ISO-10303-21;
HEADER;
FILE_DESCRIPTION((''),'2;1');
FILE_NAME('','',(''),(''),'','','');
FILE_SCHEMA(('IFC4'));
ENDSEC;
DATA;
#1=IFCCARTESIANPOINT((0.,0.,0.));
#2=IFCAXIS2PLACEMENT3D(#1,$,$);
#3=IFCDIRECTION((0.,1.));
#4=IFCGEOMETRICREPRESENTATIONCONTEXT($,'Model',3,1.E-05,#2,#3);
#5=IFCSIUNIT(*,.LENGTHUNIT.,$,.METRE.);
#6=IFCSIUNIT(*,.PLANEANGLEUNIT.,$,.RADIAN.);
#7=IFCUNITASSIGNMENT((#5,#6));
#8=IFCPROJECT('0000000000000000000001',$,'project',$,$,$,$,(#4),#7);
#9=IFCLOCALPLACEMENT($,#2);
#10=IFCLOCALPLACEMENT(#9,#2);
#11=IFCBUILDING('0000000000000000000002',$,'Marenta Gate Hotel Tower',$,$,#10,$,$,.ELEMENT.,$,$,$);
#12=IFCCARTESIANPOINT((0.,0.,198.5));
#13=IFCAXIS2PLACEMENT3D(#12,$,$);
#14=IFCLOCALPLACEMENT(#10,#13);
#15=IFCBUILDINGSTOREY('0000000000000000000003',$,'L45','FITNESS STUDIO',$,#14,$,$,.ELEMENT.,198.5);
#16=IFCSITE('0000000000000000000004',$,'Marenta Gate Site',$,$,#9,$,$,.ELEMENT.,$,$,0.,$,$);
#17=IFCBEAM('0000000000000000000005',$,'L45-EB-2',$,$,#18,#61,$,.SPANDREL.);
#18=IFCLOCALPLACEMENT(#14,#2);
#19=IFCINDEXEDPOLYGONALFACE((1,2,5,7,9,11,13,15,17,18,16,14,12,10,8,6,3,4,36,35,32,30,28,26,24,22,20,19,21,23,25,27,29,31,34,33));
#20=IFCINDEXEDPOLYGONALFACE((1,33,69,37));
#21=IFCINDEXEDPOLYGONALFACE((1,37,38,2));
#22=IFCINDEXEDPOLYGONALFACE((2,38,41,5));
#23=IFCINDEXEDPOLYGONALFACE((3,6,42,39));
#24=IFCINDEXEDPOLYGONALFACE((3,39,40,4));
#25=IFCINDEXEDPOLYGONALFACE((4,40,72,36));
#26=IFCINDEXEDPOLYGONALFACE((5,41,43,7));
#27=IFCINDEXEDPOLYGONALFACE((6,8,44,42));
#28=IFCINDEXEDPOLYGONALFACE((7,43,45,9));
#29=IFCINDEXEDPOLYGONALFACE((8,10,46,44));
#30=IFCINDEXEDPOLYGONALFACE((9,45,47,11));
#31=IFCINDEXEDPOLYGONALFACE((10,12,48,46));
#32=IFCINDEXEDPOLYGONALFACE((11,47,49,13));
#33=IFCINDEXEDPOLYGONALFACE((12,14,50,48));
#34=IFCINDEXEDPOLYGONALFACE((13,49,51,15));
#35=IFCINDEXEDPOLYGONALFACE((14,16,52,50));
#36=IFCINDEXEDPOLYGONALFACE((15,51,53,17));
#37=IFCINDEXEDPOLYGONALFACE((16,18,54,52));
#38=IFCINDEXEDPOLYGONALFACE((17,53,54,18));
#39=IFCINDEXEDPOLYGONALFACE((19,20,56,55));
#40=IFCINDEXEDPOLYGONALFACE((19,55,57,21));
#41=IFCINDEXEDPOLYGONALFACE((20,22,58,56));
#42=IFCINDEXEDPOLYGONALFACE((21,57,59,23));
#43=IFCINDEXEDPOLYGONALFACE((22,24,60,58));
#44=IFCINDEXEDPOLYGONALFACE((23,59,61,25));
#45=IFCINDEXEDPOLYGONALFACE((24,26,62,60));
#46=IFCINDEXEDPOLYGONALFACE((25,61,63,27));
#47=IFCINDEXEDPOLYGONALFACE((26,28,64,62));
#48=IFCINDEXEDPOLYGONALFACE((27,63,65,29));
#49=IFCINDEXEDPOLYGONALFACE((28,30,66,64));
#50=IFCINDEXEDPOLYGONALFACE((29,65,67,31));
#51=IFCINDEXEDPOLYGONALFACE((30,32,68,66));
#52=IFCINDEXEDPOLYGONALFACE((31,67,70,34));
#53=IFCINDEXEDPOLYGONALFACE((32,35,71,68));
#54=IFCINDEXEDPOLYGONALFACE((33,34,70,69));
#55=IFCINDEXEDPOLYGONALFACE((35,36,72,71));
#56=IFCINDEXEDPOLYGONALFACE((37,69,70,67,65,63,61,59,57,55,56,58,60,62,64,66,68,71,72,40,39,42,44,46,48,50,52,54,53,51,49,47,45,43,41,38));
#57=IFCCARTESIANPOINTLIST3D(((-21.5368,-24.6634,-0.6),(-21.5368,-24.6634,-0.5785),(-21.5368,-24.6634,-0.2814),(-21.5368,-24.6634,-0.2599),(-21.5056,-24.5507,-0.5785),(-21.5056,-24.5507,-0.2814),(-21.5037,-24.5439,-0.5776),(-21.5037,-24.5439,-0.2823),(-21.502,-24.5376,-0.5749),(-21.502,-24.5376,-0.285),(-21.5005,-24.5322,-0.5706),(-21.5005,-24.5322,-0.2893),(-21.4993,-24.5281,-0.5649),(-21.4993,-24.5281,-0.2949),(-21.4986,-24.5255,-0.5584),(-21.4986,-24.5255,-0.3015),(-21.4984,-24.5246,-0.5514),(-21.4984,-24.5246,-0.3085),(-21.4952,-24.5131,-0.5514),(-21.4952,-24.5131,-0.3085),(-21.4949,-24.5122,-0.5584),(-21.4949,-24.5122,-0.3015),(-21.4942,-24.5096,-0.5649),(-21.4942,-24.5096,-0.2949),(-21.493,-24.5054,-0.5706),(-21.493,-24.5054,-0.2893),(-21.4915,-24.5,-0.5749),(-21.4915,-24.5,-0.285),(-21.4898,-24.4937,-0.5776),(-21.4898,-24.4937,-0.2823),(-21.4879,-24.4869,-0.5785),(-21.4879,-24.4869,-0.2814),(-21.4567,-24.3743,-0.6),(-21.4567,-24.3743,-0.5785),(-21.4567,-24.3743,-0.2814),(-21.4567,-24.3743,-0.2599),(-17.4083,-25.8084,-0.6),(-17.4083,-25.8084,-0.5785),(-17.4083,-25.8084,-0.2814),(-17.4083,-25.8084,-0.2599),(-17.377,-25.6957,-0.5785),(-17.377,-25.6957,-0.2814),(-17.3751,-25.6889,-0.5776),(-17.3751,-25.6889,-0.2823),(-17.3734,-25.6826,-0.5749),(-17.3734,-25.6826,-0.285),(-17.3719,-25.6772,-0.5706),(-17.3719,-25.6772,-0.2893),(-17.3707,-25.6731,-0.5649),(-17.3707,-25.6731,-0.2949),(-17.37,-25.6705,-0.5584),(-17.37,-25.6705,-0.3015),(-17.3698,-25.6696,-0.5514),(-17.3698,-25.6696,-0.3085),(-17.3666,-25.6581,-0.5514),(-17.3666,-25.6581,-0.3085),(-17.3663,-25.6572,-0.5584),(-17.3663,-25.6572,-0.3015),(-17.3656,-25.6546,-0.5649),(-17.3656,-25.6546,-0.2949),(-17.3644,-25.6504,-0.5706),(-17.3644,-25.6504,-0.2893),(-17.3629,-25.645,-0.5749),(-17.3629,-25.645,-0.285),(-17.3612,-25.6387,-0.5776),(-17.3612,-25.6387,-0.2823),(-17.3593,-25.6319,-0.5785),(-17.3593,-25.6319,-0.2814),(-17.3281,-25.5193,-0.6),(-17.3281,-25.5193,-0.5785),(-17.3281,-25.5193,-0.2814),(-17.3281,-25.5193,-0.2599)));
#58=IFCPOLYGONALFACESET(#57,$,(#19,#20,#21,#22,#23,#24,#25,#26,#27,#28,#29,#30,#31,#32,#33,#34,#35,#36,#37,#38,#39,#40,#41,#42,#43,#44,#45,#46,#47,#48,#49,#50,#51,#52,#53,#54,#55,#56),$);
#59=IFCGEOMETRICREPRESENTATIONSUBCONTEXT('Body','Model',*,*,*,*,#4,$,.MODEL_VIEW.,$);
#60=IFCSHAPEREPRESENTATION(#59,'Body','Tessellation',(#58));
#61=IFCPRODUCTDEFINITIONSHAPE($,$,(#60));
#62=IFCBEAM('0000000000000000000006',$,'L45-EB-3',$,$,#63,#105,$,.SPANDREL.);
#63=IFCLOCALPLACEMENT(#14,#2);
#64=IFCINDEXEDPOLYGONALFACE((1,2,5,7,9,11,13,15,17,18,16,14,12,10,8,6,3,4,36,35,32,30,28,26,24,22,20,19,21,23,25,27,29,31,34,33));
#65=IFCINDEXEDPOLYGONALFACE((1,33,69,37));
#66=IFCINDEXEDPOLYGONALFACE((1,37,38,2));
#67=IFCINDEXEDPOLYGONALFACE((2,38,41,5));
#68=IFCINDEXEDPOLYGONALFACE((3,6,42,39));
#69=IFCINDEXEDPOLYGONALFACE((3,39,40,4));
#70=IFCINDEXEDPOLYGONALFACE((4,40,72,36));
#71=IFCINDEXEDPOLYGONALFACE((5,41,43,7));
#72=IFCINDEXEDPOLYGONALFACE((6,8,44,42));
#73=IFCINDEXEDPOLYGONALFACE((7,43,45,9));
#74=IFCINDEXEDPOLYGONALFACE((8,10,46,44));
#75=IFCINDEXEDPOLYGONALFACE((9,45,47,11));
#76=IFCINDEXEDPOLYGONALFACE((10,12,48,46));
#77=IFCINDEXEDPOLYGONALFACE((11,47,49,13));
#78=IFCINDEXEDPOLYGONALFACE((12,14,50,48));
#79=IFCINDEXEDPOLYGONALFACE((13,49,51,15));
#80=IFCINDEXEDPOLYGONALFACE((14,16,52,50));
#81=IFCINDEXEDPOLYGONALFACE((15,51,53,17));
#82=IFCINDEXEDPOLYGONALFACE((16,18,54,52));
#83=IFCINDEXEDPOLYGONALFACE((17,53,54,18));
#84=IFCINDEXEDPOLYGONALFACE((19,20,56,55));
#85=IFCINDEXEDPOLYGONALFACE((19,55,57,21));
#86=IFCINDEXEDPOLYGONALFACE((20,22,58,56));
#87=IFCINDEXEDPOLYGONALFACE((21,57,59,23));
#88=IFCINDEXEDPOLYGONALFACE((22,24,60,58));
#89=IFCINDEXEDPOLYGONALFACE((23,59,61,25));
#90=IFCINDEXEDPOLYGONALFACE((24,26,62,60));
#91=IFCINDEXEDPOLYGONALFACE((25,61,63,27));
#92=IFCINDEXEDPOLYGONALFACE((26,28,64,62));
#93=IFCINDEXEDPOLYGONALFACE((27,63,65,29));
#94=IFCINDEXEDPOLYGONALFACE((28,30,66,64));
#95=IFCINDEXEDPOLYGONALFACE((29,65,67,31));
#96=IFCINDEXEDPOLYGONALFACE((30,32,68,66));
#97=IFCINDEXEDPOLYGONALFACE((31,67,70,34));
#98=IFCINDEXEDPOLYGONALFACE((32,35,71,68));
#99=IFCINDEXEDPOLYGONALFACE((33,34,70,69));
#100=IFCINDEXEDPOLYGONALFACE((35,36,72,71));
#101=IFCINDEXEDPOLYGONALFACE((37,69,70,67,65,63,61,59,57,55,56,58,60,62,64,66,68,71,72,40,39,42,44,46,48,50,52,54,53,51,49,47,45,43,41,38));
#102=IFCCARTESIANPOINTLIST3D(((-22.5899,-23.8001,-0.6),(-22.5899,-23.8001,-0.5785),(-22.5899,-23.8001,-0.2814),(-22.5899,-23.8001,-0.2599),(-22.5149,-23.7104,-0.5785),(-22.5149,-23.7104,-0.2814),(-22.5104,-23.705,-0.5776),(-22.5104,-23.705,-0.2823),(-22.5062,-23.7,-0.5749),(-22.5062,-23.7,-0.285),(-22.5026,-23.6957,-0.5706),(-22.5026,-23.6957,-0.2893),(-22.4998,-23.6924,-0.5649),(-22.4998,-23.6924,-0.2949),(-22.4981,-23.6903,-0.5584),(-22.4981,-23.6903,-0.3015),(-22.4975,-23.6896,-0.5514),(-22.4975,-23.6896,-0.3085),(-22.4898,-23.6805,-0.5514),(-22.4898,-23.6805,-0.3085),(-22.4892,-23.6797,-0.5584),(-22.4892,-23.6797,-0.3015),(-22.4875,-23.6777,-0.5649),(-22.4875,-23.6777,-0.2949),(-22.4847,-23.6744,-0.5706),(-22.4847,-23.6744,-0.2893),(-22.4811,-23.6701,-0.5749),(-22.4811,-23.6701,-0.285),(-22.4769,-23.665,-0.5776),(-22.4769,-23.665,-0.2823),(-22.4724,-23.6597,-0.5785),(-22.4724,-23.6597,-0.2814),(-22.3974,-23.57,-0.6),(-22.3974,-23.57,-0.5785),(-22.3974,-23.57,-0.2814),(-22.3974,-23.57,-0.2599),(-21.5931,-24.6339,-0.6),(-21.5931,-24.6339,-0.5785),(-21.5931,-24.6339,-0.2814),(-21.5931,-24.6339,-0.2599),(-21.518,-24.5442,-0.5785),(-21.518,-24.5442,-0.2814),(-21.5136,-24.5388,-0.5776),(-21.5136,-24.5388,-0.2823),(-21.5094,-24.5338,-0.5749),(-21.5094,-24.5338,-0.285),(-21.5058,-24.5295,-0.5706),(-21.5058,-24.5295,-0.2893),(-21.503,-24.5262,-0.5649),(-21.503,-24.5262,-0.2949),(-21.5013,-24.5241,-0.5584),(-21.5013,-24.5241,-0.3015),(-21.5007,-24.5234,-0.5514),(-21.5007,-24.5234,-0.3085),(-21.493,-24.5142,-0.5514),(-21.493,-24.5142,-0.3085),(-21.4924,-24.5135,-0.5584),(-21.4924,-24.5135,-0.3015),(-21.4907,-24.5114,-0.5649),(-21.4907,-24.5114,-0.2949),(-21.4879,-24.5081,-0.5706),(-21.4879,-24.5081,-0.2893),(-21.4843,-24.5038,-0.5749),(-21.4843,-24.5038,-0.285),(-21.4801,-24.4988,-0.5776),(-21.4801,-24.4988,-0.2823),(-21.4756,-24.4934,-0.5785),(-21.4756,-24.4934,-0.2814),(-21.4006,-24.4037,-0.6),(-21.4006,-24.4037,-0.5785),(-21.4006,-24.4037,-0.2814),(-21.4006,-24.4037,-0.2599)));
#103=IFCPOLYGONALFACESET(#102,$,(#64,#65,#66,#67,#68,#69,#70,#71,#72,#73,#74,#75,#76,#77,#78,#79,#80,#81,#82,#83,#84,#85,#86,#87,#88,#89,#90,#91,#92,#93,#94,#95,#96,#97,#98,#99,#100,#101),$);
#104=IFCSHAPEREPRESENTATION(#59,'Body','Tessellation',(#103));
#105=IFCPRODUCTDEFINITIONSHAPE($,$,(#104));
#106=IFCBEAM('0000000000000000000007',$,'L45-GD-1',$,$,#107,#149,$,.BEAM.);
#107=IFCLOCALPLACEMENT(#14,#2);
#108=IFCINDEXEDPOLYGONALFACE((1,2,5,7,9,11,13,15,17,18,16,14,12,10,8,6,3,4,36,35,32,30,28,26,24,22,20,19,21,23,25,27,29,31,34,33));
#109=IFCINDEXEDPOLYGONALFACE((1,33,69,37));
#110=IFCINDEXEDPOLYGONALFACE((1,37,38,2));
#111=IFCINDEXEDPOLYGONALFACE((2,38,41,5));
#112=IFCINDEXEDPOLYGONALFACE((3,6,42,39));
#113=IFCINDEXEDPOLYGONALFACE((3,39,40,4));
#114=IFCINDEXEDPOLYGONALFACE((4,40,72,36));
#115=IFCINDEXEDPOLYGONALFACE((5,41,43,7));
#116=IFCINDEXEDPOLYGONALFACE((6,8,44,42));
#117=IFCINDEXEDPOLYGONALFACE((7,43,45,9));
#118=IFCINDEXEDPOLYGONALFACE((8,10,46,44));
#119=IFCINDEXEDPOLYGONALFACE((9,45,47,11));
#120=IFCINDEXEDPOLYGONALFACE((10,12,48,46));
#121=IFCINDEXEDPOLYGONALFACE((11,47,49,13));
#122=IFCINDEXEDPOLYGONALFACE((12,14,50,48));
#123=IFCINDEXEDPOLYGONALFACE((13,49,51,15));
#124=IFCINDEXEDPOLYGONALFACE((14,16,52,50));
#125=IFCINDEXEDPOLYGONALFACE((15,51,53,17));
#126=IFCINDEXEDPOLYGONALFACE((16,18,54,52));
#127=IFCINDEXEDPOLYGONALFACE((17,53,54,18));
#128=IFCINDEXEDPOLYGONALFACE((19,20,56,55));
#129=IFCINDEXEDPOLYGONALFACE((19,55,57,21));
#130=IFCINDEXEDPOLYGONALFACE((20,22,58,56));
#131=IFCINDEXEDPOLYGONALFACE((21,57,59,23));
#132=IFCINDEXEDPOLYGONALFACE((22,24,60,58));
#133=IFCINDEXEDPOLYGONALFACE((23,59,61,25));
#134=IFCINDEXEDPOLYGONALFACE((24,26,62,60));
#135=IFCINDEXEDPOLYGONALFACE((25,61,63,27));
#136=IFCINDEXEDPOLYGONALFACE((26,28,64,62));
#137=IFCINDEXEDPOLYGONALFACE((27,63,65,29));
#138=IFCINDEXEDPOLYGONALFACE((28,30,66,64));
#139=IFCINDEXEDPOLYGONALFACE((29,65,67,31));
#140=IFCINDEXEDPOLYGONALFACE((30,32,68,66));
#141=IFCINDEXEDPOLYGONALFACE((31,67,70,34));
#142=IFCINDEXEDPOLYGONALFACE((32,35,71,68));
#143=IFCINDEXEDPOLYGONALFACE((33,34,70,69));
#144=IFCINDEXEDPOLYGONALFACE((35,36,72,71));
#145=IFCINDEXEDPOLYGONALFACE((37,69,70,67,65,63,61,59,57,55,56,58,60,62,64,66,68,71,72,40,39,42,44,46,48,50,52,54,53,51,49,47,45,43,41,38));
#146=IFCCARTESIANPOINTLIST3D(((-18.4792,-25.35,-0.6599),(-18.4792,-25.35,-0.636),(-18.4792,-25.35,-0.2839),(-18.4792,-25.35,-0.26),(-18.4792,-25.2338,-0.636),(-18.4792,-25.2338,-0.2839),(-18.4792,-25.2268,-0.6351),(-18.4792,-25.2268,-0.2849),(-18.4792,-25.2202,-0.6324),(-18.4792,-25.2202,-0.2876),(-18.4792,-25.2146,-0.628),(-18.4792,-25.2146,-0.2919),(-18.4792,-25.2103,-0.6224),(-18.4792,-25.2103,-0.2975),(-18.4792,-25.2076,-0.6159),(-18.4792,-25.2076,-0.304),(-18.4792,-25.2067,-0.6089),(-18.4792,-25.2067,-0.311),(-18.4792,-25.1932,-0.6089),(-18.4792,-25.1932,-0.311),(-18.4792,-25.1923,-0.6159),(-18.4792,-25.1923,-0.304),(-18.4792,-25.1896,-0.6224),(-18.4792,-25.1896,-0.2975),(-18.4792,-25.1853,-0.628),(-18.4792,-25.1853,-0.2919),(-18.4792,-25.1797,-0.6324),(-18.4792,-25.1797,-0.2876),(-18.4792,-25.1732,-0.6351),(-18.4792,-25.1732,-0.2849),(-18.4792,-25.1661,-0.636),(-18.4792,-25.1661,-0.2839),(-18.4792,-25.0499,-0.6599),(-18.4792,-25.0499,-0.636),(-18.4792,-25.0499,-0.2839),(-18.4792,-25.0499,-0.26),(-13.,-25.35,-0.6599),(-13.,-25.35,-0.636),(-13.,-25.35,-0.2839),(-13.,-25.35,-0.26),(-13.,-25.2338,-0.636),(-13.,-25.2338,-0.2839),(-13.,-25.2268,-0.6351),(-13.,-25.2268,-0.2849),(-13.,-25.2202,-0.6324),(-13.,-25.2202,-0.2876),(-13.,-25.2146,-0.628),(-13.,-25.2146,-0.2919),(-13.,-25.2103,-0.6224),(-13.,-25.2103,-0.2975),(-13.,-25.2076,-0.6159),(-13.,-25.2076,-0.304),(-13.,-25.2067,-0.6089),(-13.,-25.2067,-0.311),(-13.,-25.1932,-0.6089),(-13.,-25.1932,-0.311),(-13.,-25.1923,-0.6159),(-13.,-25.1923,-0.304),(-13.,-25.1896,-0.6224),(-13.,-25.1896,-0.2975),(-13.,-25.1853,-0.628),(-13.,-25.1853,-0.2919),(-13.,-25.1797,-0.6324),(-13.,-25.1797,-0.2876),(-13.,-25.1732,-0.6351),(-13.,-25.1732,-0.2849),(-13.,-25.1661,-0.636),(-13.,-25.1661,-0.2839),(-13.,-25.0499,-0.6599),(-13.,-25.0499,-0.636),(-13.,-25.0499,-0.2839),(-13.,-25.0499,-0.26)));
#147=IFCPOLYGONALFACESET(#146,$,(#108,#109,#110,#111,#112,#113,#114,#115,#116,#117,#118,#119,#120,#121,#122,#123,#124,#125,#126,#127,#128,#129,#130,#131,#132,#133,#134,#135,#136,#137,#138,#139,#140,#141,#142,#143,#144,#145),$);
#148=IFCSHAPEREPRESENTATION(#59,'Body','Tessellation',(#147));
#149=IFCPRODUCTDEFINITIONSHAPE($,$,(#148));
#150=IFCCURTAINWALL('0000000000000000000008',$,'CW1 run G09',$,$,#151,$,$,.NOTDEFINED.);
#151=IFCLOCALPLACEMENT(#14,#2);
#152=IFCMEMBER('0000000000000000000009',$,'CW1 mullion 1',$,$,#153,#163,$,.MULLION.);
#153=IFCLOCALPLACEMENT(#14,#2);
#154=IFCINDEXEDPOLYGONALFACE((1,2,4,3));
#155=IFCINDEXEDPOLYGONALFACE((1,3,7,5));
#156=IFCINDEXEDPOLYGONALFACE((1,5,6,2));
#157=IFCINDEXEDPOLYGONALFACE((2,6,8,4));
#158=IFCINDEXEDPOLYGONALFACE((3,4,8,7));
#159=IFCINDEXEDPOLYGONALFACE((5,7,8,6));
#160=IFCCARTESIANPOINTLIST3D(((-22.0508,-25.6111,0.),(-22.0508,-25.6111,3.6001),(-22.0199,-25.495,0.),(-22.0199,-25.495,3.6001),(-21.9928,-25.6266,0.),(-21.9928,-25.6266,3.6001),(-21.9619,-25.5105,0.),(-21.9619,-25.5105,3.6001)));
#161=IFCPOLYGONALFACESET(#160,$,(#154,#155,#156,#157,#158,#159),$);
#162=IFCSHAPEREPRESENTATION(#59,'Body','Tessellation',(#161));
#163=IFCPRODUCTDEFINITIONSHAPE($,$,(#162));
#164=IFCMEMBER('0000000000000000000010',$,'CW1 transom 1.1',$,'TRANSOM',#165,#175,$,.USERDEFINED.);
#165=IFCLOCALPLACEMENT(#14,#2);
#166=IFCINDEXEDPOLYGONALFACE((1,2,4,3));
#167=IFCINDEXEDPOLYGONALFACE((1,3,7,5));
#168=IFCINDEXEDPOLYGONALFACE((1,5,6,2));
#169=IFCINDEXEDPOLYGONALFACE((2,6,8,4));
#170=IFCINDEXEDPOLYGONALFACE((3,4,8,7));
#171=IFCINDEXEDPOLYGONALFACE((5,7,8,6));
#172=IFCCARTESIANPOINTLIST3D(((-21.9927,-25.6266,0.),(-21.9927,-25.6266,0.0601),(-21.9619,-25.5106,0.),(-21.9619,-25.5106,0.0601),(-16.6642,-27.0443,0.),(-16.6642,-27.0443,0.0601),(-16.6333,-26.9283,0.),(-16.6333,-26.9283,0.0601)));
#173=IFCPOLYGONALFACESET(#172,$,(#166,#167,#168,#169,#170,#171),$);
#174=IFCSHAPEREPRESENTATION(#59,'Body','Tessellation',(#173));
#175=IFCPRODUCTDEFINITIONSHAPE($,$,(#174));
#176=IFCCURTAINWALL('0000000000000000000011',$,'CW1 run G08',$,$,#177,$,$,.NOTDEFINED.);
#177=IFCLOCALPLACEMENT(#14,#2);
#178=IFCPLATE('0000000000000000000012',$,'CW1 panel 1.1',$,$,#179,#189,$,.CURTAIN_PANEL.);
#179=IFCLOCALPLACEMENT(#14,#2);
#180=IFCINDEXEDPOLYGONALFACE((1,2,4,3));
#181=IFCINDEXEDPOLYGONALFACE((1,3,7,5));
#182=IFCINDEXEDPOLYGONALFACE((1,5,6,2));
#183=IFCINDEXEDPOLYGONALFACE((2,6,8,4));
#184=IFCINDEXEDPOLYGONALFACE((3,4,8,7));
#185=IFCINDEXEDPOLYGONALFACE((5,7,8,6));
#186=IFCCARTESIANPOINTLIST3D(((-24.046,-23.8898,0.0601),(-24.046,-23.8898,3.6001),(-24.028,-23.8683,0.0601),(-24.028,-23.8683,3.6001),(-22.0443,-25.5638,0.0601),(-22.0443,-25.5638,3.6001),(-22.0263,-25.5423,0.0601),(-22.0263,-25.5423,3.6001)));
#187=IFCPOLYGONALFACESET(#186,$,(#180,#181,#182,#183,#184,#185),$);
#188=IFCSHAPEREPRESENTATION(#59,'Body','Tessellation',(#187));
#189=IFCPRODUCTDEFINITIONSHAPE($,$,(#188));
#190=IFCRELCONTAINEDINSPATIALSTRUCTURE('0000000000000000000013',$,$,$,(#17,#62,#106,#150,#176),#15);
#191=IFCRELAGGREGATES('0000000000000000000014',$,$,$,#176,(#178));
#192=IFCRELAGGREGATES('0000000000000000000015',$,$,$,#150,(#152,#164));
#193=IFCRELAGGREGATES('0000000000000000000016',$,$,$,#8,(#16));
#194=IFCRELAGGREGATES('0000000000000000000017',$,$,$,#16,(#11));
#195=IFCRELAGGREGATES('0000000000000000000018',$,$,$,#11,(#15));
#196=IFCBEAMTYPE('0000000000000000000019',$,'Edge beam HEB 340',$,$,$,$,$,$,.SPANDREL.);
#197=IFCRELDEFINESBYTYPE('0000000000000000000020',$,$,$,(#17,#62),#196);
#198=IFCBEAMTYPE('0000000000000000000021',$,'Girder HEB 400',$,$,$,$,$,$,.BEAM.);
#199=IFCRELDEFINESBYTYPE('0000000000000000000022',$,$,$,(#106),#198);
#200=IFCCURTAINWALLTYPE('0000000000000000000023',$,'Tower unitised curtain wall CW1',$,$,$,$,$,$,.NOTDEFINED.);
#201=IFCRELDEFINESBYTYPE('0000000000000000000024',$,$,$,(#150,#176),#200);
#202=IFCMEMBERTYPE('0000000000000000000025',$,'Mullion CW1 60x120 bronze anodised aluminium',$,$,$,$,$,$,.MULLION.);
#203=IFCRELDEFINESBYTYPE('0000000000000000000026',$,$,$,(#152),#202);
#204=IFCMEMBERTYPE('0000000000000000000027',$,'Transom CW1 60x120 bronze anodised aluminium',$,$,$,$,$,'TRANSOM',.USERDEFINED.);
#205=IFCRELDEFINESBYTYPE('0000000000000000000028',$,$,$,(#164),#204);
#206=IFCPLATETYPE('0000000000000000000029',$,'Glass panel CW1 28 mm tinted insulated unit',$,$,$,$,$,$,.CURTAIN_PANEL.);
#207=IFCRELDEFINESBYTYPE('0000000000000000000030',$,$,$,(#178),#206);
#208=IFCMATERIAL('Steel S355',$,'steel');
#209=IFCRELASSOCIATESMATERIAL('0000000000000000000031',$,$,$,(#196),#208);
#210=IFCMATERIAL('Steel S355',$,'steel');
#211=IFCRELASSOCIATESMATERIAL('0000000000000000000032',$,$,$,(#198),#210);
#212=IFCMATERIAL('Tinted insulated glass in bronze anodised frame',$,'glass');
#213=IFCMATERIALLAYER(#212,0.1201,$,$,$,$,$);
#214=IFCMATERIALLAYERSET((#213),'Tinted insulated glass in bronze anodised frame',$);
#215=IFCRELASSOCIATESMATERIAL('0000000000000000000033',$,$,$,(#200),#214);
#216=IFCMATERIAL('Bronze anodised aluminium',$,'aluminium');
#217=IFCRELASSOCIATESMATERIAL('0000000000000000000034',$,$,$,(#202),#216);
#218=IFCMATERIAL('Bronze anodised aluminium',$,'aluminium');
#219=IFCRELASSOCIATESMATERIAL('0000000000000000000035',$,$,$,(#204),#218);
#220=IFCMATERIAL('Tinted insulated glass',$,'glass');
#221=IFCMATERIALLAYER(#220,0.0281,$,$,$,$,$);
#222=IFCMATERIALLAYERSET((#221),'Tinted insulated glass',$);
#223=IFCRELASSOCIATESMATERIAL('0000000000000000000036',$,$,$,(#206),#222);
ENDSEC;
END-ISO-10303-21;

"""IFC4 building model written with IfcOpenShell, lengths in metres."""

from ifc_helpers import new_model, si_unit, direction, frame, origin, origin_2d, place, context, subcontext, project, spatial, rectangle, i_section, extrude, material, layer, layer_set, material_profile, profile_set, type_object, element, aggregate, save


model = new_model("IFC4")

# Units and contexts
model_context = context("Model", 3, precision=1e-05, world=origin(), true_north=direction((0.0, 1.0)))
body_context = subcontext(model_context, "Body", "Model", "MODEL_VIEW")
ifc_project = project(units=[si_unit("LENGTHUNIT", "METRE"), si_unit("PLANEANGLEUNIT", "RADIAN")], contexts=[model_context])

# Site, building, storey
site_placement = place(None, origin())
site = spatial("IfcSite", under=ifc_project, at=site_placement, Name="Marenta Gate Site", CompositionType="ELEMENT", RefElevation=0.0)
building_placement = place(site_placement, origin())
building = spatial("IfcBuilding", under=site, at=building_placement, Name="Marenta Gate Hotel Tower", CompositionType="ELEMENT")
storey_placement = place(building_placement, frame((0.0, 0.0, 198.5)))
storey = spatial("IfcBuildingStorey", under=building, at=storey_placement, Name="L45", Description="FITNESS STUDIO", CompositionType="ELEMENT", Elevation=198.5)

# Beams
ifc_material_1 = material(Name="Steel S355", Category="steel")
ifc_material_profile_1 = material_profile(ifc_material_1, i_section(OverallWidth=0.3, OverallDepth=0.3401, WebThickness=0.012, FlangeThickness=0.0215, FilletRadius=0.0271, at=origin_2d()), Name="HEB 340")
ifc_profile_set_1 = profile_set([ifc_material_profile_1], Name="Steel S355")
beam_type_1 = type_object("IfcBeamType", Name="Edge beam HEB 340", PredefinedType="SPANDREL", material=ifc_profile_set_1)
beam_1_placement = place(storey_placement, frame((-17.3682, -25.6638, -0.4299), z_axis=(-0.963628, 0.267247, 0.0), x_axis=(-0.267247, -0.963628, 0.0)))
element("IfcBeam", 1, at=beam_1_placement, inside=storey, type_object=beam_type_1, Name="L45-EB-2", PredefinedType="SPANDREL", context=body_context, shape_type="SweptSolid", body=[
    extrude(i_section(OverallWidth=0.3, OverallDepth=0.3401, WebThickness=0.012, FlangeThickness=0.0215, FilletRadius=0.0271, at=origin_2d()), origin(), (0.0, 0.0, 1.0), 4.2844),
])
beam_2_placement = place(storey_placement, frame((-21.4968, -24.5188, -0.4299), z_axis=(-0.767065, 0.641569, 0.0), x_axis=(-0.641569, -0.767065, 0.0)))
element("IfcBeam", 2, at=beam_2_placement, inside=storey, type_object=beam_type_1, Name="L45-EB-3", PredefinedType="SPANDREL", context=body_context, shape_type="SweptSolid", body=[
    extrude(i_section(OverallWidth=0.3, OverallDepth=0.3401, WebThickness=0.012, FlangeThickness=0.0215, FilletRadius=0.0271, at=origin_2d()), origin(), (0.0, 0.0, 1.0), 1.2996),
])
ifc_material_2 = material(Name="Steel S355", Category="steel")
ifc_material_profile_2 = material_profile(ifc_material_2, i_section(OverallWidth=0.3, OverallDepth=0.3999, WebThickness=0.0134, FlangeThickness=0.0239, FilletRadius=0.0271, at=origin_2d()), Name="HEB 400")
ifc_profile_set_2 = profile_set([ifc_material_profile_2], Name="Steel S355")
beam_type_2 = type_object("IfcBeamType", Name="Girder HEB 400", PredefinedType="BEAM", material=ifc_profile_set_2)
beam_3_placement = place(storey_placement, frame((-18.4792, -25.2, -0.46), z_axis=(1.0, 0.0, 0.0), x_axis=(0.0, 1.0, 0.0)))
element("IfcBeam", 3, at=beam_3_placement, inside=storey, type_object=beam_type_2, Name="L45-GD-1", PredefinedType="BEAM", context=body_context, shape_type="SweptSolid", body=[
    extrude(i_section(OverallWidth=0.3, OverallDepth=0.3999, WebThickness=0.0134, FlangeThickness=0.0239, FilletRadius=0.0271, at=origin_2d()), origin(), (0.0, 0.0, 1.0), 5.4792),
])

# Curtain wall, members
ifc_material_3 = material(Name="Tinted insulated glass in bronze anodised frame", Category="glass")
ifc_layer_1 = layer(ifc_material_3, 0.1201)
ifc_layer_set_1 = layer_set([ifc_layer_1], Name="Tinted insulated glass in bronze anodised frame")
curtain_wall_type = type_object("IfcCurtainWallType", Name="Tower unitised curtain wall CW1", PredefinedType="NOTDEFINED", material=ifc_layer_set_1)
curtain_wall_1_placement = place(storey_placement, origin())
curtain_wall_1 = element("IfcCurtainWall", 4, at=curtain_wall_1_placement, inside=storey, type_object=curtain_wall_type, Name="CW1 run G09", PredefinedType="NOTDEFINED")
ifc_material_4 = material(Name="Bronze anodised aluminium", Category="aluminium")
ifc_material_profile_3 = material_profile(ifc_material_4, rectangle(XDim=0.1201, YDim=0.0601, at=origin_2d()), Name="Mullion CW1 60x120 bronze anodised aluminium")
ifc_profile_set_3 = profile_set([ifc_material_profile_3], Name="Bronze anodised aluminium")
member_type_1 = type_object("IfcMemberType", Name="Mullion CW1 60x120 bronze anodised aluminium", PredefinedType="MULLION", material=ifc_profile_set_3)
member_1_placement = place(storey_placement, frame((-22.0063, -25.5608, 0.0), z_axis=(0.0, 0.0, 1.0), x_axis=(0.257132, 0.966376, 0.0)))
member_1 = element("IfcMember", 5, at=member_1_placement, type_object=member_type_1, Name="CW1 mullion 1", PredefinedType="MULLION", context=body_context, shape_type="SweptSolid", body=[
    extrude(rectangle(XDim=0.1201, YDim=0.0601, at=origin_2d()), origin(), (0.0, 0.0, 1.0), 3.6001),
])
ifc_material_5 = material(Name="Bronze anodised aluminium", Category="aluminium")
ifc_material_profile_4 = material_profile(ifc_material_5, rectangle(XDim=0.1201, YDim=0.0601, at=origin_2d()), Name="Transom CW1 60x120 bronze anodised aluminium")
ifc_profile_set_4 = profile_set([ifc_material_profile_4], Name="Bronze anodised aluminium")
member_type_2 = type_object("IfcMemberType", Name="Transom CW1 60x120 bronze anodised aluminium", ElementType="TRANSOM", PredefinedType="USERDEFINED", material=ifc_profile_set_4)
member_2_placement = place(storey_placement, frame((-21.9773, -25.5686, 0.03), z_axis=(0.966381, -0.257114, 0.0), x_axis=(0.257114, 0.966381, 0.0)))
member_2 = element("IfcMember", 6, at=member_2_placement, type_object=member_type_2, Name="CW1 transom 1.1", ObjectType="TRANSOM", PredefinedType="USERDEFINED", context=body_context, shape_type="SweptSolid", body=[
    extrude(rectangle(XDim=0.1201, YDim=0.0601, at=origin_2d()), origin(), (0.0, 0.0, 1.0), 5.5139),
])

# Curtain wall, plate
curtain_wall_2_placement = place(storey_placement, origin())
curtain_wall_2 = element("IfcCurtainWall", 7, at=curtain_wall_2_placement, inside=storey, type_object=curtain_wall_type, Name="CW1 run G08", PredefinedType="NOTDEFINED")
ifc_material_6 = material(Name="Tinted insulated glass", Category="glass")
ifc_layer_2 = layer(ifc_material_6, 0.0281)
ifc_layer_set_2 = layer_set([ifc_layer_2], Name="Tinted insulated glass")
plate_type = type_object("IfcPlateType", Name="Glass panel CW1 28 mm tinted insulated unit", PredefinedType="CURTAIN_PANEL", material=ifc_layer_set_2)
plate_1_placement = place(storey_placement, frame((-23.0361, -24.7161, 0.0601), z_axis=(0.0, 0.0, 1.0), x_axis=(0.767102, -0.641525, 0.0)))
plate_1 = element("IfcPlate", 8, at=plate_1_placement, type_object=plate_type, Name="CW1 panel 1.1", PredefinedType="CURTAIN_PANEL", context=body_context, shape_type="SweptSolid", body=[
    extrude(rectangle(XDim=2.6094, YDim=0.0281, at=origin_2d()), origin(), (0.0, 0.0, 1.0), 3.54),
])
aggregate(curtain_wall_2, [plate_1])

aggregate(curtain_wall_1, [member_1, member_2])

save(model, "model.ifc")
